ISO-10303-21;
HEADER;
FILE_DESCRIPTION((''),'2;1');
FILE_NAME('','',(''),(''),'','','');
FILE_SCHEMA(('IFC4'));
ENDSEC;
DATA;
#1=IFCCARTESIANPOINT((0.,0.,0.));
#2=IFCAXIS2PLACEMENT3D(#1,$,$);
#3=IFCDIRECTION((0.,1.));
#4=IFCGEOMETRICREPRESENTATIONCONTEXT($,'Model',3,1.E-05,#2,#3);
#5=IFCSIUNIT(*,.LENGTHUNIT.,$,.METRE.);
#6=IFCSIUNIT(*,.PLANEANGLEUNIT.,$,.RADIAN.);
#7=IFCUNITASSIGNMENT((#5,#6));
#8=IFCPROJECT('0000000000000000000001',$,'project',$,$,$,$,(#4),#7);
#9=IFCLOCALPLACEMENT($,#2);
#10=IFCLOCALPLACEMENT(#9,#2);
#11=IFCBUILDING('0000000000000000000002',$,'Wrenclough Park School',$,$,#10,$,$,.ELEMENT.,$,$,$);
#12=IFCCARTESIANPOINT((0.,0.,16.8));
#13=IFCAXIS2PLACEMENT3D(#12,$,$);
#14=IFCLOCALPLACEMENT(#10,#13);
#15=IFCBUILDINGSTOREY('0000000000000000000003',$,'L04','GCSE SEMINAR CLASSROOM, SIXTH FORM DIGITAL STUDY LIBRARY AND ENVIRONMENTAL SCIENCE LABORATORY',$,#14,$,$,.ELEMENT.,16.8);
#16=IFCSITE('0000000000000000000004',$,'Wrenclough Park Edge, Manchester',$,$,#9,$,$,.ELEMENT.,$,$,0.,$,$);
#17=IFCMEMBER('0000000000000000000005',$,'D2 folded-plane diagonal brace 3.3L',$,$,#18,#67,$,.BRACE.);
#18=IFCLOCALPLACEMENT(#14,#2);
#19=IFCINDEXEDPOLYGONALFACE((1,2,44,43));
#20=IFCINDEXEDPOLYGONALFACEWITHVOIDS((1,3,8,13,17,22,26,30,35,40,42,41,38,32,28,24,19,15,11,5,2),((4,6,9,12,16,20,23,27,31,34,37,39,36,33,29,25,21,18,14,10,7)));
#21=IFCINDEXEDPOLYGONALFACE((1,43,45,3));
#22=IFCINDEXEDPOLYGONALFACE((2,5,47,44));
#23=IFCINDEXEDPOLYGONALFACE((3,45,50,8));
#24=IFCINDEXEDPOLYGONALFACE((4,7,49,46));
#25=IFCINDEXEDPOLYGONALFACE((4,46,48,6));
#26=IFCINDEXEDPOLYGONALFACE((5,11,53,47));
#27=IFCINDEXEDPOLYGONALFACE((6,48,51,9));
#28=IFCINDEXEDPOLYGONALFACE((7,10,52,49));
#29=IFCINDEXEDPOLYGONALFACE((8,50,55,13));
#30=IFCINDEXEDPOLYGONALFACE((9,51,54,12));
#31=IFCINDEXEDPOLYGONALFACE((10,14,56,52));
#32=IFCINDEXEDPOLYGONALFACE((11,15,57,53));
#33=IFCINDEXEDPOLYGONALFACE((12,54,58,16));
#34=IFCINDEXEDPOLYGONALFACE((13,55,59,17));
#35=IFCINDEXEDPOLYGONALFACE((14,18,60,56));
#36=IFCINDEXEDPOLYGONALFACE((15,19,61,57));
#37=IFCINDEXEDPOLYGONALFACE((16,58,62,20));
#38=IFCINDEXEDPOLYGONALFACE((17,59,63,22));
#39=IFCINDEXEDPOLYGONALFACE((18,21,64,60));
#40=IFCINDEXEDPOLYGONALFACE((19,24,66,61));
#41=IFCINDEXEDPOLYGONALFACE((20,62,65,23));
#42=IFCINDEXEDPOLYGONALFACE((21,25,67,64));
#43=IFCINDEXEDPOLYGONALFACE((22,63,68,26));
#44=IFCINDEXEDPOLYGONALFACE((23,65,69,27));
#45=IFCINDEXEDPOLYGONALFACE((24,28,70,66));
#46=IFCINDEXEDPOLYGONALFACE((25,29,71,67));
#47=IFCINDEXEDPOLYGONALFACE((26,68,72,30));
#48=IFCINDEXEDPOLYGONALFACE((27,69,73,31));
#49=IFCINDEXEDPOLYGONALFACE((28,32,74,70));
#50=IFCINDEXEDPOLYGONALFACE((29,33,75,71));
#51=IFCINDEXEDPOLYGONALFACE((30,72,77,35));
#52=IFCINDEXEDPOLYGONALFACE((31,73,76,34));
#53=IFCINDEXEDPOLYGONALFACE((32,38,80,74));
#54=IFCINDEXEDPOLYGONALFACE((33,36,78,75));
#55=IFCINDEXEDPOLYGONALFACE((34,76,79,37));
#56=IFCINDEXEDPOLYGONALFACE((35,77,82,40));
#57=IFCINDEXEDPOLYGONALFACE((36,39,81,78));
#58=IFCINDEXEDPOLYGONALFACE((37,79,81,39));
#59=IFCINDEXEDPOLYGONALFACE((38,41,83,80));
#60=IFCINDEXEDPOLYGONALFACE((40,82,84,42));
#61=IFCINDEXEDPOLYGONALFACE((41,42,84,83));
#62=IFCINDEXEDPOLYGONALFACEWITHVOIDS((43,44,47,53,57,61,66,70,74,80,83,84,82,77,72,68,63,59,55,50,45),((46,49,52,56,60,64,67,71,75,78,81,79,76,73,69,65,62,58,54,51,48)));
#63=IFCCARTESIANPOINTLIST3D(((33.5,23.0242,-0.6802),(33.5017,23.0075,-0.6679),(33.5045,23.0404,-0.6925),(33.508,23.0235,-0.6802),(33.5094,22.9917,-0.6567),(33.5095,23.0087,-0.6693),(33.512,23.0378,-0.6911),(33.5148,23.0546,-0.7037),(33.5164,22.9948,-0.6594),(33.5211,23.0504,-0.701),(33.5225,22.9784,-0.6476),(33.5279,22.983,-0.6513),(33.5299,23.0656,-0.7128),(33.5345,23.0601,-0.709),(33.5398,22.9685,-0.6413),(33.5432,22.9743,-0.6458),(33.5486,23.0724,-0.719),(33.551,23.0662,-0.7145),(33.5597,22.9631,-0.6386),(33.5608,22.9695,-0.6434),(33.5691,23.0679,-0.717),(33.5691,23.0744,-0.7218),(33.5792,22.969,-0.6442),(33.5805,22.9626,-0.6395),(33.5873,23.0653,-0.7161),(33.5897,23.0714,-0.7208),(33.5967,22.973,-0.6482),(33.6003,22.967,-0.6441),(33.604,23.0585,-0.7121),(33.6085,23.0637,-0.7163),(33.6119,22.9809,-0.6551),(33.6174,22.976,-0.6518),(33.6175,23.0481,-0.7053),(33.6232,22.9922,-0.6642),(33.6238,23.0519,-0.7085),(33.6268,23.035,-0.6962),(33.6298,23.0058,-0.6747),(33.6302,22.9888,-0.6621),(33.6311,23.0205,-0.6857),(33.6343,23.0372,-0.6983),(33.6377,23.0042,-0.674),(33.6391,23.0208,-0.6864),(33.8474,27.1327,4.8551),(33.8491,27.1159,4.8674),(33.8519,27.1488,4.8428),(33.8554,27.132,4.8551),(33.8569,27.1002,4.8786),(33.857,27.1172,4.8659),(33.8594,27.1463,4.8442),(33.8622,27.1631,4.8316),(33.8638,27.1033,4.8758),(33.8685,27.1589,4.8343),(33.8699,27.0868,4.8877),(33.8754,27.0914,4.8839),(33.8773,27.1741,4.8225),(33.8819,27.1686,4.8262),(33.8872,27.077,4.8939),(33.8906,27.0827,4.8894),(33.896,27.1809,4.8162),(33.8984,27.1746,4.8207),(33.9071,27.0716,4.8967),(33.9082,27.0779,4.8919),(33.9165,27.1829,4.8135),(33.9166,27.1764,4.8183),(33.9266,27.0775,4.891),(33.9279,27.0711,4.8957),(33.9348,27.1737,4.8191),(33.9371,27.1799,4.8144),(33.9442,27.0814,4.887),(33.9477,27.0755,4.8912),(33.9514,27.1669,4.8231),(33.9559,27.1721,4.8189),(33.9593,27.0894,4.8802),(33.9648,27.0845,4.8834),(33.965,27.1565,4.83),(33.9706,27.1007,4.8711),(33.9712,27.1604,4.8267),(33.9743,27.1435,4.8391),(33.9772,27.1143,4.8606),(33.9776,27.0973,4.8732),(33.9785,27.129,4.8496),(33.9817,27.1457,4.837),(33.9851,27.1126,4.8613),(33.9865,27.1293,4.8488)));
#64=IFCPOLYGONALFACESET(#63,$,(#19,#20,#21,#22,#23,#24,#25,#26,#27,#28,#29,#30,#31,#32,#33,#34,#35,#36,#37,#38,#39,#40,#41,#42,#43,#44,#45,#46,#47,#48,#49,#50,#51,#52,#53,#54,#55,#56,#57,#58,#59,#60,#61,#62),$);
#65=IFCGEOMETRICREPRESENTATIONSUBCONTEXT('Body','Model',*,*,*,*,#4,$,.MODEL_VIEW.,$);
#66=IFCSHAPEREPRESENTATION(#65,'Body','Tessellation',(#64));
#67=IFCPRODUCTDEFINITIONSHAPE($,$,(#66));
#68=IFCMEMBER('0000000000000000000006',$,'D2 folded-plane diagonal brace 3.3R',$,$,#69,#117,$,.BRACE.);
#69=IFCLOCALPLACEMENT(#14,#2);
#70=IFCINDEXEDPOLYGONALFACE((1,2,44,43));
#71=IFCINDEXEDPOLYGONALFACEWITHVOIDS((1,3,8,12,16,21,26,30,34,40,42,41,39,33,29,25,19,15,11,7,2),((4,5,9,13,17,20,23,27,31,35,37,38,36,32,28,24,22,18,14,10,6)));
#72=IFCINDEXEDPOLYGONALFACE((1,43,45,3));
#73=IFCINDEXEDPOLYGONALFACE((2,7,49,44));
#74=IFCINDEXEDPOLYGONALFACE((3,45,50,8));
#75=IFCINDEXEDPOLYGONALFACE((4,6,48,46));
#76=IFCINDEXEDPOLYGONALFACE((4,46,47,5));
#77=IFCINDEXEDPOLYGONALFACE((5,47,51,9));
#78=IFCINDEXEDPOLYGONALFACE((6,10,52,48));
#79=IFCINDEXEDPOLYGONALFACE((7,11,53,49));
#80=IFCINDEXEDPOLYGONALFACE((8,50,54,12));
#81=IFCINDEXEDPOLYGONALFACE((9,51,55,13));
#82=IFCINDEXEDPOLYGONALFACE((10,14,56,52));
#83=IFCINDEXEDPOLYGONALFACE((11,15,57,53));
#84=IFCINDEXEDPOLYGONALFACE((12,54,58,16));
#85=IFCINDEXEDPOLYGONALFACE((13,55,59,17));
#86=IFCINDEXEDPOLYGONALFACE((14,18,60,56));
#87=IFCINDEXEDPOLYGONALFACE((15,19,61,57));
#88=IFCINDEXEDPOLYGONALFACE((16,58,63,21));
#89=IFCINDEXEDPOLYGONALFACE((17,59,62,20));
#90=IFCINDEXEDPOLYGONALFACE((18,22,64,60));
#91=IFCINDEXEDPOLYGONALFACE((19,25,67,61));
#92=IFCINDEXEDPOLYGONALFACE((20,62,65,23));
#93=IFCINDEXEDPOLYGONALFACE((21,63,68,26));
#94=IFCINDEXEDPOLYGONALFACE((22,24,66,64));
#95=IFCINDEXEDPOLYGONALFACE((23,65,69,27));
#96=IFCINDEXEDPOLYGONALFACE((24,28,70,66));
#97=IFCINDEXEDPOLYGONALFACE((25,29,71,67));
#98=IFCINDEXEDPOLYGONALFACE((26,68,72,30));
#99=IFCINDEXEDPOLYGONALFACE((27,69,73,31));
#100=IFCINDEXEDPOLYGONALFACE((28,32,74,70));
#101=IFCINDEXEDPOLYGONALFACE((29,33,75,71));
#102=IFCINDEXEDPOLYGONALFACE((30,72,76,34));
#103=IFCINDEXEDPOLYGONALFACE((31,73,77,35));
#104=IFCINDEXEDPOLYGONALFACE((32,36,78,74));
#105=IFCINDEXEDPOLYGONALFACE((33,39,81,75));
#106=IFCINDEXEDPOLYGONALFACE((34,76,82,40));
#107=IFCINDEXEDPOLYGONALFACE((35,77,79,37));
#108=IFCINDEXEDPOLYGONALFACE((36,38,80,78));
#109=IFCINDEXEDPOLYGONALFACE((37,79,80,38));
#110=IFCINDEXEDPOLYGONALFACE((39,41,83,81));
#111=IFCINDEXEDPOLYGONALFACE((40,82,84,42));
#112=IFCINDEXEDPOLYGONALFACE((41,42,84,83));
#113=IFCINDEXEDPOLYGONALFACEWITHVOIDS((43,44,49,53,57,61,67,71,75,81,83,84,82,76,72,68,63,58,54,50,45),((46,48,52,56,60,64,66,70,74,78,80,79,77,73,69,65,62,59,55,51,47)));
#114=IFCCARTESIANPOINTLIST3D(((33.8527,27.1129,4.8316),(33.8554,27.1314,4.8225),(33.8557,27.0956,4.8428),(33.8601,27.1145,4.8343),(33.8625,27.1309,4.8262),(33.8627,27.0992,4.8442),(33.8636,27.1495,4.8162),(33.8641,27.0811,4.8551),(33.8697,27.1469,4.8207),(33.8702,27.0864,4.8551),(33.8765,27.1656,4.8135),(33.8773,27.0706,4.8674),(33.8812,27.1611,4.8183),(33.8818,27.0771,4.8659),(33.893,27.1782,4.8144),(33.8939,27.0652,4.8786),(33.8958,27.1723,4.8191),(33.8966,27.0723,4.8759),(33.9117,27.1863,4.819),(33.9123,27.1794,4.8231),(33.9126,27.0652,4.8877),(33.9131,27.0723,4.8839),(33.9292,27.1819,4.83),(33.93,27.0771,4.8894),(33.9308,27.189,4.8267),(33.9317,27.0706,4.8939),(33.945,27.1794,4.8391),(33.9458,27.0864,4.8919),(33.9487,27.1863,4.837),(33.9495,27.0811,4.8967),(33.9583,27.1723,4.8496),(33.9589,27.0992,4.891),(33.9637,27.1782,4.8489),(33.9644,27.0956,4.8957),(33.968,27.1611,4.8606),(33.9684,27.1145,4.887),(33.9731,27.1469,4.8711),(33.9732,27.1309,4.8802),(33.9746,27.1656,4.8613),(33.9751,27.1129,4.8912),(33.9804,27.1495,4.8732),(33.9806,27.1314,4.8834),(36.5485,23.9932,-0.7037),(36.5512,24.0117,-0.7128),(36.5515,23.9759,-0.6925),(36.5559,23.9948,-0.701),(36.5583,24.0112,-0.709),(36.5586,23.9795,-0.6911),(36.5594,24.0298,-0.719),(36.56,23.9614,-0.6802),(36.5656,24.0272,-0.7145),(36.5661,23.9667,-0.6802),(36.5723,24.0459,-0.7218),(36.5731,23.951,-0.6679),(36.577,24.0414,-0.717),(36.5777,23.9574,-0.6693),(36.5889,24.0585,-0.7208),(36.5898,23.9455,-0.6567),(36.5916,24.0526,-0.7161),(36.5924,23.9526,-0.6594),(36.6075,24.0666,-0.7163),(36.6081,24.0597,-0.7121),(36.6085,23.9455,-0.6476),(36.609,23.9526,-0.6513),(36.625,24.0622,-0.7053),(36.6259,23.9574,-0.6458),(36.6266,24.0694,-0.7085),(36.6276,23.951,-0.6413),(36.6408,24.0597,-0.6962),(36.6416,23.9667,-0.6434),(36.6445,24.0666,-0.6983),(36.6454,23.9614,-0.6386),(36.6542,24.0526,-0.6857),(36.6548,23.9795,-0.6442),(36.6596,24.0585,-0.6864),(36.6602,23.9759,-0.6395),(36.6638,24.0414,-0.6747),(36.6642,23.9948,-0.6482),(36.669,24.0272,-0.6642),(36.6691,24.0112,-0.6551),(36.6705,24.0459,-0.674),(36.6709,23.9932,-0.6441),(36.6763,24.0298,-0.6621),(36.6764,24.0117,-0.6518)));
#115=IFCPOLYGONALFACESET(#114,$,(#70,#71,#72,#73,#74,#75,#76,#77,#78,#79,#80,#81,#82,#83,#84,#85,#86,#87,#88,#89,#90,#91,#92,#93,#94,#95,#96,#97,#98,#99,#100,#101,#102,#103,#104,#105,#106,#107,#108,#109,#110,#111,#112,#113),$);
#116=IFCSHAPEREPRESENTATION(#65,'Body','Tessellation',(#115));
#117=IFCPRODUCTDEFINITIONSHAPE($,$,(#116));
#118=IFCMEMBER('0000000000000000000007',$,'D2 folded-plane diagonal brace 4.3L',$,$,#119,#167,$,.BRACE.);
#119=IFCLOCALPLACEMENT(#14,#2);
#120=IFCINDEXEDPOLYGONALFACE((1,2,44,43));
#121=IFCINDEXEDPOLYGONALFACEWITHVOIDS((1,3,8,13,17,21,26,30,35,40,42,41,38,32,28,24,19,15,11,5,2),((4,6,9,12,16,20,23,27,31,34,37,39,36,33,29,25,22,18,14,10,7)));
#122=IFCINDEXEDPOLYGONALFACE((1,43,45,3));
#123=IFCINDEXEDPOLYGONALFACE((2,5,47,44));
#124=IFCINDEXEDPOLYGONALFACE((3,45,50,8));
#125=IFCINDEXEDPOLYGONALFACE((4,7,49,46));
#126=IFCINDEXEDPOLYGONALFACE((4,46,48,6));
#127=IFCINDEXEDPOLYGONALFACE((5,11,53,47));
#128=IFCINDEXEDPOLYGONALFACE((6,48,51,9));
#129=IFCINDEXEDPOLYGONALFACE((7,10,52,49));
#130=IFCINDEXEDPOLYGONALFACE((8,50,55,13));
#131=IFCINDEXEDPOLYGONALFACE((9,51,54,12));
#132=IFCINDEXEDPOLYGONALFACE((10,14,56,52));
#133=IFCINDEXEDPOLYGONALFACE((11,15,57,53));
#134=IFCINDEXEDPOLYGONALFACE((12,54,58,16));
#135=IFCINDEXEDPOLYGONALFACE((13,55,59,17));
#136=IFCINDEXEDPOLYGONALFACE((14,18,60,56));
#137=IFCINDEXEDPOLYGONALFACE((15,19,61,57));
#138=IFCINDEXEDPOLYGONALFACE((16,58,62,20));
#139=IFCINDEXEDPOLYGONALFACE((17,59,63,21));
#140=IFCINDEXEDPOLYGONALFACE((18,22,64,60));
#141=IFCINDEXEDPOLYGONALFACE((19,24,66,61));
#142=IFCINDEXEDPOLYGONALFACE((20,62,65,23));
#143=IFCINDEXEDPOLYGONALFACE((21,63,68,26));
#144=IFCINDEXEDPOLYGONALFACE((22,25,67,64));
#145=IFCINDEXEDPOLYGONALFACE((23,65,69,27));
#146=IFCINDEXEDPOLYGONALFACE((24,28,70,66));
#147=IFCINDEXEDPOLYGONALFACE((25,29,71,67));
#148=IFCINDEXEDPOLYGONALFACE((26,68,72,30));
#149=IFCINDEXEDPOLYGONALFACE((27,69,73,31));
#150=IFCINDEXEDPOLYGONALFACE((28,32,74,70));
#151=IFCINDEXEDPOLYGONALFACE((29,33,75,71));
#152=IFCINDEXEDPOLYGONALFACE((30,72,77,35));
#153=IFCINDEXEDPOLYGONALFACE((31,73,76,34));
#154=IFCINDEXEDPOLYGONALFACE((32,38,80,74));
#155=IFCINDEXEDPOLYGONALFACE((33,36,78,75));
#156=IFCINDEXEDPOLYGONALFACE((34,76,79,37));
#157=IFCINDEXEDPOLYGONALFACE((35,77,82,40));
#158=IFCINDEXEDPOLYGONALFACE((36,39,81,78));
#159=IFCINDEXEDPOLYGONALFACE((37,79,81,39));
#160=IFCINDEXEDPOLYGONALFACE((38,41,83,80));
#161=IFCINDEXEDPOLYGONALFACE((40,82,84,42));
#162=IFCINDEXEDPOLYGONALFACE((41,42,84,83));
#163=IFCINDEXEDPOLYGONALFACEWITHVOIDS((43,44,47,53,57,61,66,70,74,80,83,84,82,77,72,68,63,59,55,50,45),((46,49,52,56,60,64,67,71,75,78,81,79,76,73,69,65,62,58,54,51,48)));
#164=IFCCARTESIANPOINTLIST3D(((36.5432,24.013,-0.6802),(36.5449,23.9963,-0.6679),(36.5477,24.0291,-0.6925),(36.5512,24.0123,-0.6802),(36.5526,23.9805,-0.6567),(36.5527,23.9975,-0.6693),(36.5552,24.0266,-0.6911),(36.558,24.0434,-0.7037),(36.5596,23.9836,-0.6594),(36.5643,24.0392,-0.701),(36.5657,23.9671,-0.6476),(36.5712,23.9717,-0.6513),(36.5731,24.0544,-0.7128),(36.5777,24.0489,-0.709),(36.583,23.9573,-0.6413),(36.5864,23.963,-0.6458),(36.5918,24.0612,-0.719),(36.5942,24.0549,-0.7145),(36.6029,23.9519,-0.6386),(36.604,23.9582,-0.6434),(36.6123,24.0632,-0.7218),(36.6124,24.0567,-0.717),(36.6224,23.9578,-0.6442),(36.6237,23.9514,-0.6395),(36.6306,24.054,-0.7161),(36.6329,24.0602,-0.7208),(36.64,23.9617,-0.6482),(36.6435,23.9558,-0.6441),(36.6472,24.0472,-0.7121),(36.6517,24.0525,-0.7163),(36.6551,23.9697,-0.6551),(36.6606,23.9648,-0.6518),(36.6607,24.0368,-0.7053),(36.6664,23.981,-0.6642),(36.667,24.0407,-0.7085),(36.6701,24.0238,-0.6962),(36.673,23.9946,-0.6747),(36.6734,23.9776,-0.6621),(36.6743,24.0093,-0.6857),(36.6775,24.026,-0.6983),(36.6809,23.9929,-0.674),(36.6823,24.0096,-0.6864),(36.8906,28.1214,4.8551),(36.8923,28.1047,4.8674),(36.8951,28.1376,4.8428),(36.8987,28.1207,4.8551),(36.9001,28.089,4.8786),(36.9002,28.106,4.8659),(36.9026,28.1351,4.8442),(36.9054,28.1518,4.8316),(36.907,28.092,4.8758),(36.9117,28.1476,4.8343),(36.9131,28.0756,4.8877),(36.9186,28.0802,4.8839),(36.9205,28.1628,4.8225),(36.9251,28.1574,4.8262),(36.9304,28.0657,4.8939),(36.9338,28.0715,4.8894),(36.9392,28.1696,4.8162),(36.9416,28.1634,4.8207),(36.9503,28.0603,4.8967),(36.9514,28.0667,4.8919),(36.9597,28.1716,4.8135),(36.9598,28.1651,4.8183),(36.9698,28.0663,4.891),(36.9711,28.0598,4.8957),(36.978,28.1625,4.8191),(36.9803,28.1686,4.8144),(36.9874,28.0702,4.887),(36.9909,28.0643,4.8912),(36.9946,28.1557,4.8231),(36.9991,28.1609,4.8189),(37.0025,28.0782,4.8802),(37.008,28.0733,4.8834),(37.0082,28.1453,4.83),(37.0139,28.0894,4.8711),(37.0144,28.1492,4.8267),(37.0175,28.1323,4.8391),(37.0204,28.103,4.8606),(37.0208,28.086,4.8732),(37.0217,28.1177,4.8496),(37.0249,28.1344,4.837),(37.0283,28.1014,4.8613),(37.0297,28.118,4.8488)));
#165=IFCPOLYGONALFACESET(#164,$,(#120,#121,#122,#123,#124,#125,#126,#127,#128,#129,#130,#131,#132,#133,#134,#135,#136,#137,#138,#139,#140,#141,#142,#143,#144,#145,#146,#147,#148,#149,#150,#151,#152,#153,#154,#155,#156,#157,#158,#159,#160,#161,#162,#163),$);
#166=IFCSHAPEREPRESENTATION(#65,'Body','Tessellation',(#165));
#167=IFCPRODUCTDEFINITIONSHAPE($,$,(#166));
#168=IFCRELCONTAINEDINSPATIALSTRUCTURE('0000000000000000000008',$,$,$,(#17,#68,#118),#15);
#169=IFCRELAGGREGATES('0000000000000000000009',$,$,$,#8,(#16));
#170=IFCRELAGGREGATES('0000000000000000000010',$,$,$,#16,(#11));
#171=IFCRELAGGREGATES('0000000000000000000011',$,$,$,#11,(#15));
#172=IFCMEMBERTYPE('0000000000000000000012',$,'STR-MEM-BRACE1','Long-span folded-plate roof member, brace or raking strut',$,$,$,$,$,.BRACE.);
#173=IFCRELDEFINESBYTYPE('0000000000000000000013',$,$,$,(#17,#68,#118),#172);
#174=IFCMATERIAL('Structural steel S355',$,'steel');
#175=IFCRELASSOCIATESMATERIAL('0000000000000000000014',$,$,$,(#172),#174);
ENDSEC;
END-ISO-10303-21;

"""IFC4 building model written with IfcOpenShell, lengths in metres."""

from ifc_helpers import new_model, si_unit, direction, frame, origin, origin_2d, place, context, subcontext, project, spatial, hollow_circle, extrude, material, material_profile, profile_set, type_object, element, save


model = new_model("IFC4")

# Units and contexts
model_context = context("Model", 3, precision=1e-05, world=origin(), true_north=direction((0.0, 1.0)))
body_context = subcontext(model_context, "Body", "Model", "MODEL_VIEW")
ifc_project = project(units=[si_unit("LENGTHUNIT", "METRE"), si_unit("PLANEANGLEUNIT", "RADIAN")], contexts=[model_context])

# Site, building, storey
site_placement = place(None, origin())
site = spatial("IfcSite", under=ifc_project, at=site_placement, Name="Wrenclough Park Edge, Manchester", CompositionType="ELEMENT", RefElevation=0.0)
building_placement = place(site_placement, origin())
building = spatial("IfcBuilding", under=site, at=building_placement, Name="Wrenclough Park School", CompositionType="ELEMENT")
storey_placement = place(building_placement, frame((0.0, 0.0, 16.8)))
storey = spatial("IfcBuildingStorey", under=building, at=storey_placement, Name="L04", Description="GCSE SEMINAR CLASSROOM, SIXTH FORM DIGITAL STUDY LIBRARY AND ENVIRONMENTAL SCIENCE LABORATORY", CompositionType="ELEMENT", Elevation=16.8)

# Members
ifc_material = material(Name="Structural steel S355", Category="steel")
ifc_material_profile_1 = material_profile(ifc_material, hollow_circle(Radius=0.0698, WallThickness=0.0081, at=origin_2d()), Name="CHS 139.7x8.0")
ifc_profile_set_1 = profile_set([ifc_material_profile_1], Name="Structural steel S355")
member_type_1 = type_object("IfcMemberType", Name="STR-MEM-BRACE1", Description="Long-span folded-plate roof member, brace or raking strut", PredefinedType="BRACE", material=ifc_profile_set_1)
for number, where, z_axis, x_axis, name in (
    (1, (33.5696, 23.0183, -0.6802), (0.050335, 0.595248, 0.801964), (-0.996444, 0.084261, 0.0), "D2 folded-plane diagonal brace 3.3L"),
    (2, (36.6128, 24.0071, -0.6802), (-0.390583, 0.45199, 0.801966), (-0.756634, -0.653839, 0.0), "D2 folded-plane diagonal brace 3.3R"),
    (3, (36.6128, 24.0071, -0.6802), (0.050335, 0.595248, 0.801964), (-0.996444, 0.084261, 0.0), "D2 folded-plane diagonal brace 4.3L"),
):
    element("IfcMember", number, at=place(storey_placement, frame(where, z_axis=z_axis, x_axis=x_axis)), inside=storey, type_object=member_type_1, Name=name, PredefinedType="BRACE", context=body_context, shape_type="SweptSolid", body=[
        extrude(hollow_circle(Radius=0.0698, WallThickness=0.0081, at=origin_2d()), origin(), (0.0, 0.0, 1.0), 6.9021),
    ])

save(model, "model.ifc")
